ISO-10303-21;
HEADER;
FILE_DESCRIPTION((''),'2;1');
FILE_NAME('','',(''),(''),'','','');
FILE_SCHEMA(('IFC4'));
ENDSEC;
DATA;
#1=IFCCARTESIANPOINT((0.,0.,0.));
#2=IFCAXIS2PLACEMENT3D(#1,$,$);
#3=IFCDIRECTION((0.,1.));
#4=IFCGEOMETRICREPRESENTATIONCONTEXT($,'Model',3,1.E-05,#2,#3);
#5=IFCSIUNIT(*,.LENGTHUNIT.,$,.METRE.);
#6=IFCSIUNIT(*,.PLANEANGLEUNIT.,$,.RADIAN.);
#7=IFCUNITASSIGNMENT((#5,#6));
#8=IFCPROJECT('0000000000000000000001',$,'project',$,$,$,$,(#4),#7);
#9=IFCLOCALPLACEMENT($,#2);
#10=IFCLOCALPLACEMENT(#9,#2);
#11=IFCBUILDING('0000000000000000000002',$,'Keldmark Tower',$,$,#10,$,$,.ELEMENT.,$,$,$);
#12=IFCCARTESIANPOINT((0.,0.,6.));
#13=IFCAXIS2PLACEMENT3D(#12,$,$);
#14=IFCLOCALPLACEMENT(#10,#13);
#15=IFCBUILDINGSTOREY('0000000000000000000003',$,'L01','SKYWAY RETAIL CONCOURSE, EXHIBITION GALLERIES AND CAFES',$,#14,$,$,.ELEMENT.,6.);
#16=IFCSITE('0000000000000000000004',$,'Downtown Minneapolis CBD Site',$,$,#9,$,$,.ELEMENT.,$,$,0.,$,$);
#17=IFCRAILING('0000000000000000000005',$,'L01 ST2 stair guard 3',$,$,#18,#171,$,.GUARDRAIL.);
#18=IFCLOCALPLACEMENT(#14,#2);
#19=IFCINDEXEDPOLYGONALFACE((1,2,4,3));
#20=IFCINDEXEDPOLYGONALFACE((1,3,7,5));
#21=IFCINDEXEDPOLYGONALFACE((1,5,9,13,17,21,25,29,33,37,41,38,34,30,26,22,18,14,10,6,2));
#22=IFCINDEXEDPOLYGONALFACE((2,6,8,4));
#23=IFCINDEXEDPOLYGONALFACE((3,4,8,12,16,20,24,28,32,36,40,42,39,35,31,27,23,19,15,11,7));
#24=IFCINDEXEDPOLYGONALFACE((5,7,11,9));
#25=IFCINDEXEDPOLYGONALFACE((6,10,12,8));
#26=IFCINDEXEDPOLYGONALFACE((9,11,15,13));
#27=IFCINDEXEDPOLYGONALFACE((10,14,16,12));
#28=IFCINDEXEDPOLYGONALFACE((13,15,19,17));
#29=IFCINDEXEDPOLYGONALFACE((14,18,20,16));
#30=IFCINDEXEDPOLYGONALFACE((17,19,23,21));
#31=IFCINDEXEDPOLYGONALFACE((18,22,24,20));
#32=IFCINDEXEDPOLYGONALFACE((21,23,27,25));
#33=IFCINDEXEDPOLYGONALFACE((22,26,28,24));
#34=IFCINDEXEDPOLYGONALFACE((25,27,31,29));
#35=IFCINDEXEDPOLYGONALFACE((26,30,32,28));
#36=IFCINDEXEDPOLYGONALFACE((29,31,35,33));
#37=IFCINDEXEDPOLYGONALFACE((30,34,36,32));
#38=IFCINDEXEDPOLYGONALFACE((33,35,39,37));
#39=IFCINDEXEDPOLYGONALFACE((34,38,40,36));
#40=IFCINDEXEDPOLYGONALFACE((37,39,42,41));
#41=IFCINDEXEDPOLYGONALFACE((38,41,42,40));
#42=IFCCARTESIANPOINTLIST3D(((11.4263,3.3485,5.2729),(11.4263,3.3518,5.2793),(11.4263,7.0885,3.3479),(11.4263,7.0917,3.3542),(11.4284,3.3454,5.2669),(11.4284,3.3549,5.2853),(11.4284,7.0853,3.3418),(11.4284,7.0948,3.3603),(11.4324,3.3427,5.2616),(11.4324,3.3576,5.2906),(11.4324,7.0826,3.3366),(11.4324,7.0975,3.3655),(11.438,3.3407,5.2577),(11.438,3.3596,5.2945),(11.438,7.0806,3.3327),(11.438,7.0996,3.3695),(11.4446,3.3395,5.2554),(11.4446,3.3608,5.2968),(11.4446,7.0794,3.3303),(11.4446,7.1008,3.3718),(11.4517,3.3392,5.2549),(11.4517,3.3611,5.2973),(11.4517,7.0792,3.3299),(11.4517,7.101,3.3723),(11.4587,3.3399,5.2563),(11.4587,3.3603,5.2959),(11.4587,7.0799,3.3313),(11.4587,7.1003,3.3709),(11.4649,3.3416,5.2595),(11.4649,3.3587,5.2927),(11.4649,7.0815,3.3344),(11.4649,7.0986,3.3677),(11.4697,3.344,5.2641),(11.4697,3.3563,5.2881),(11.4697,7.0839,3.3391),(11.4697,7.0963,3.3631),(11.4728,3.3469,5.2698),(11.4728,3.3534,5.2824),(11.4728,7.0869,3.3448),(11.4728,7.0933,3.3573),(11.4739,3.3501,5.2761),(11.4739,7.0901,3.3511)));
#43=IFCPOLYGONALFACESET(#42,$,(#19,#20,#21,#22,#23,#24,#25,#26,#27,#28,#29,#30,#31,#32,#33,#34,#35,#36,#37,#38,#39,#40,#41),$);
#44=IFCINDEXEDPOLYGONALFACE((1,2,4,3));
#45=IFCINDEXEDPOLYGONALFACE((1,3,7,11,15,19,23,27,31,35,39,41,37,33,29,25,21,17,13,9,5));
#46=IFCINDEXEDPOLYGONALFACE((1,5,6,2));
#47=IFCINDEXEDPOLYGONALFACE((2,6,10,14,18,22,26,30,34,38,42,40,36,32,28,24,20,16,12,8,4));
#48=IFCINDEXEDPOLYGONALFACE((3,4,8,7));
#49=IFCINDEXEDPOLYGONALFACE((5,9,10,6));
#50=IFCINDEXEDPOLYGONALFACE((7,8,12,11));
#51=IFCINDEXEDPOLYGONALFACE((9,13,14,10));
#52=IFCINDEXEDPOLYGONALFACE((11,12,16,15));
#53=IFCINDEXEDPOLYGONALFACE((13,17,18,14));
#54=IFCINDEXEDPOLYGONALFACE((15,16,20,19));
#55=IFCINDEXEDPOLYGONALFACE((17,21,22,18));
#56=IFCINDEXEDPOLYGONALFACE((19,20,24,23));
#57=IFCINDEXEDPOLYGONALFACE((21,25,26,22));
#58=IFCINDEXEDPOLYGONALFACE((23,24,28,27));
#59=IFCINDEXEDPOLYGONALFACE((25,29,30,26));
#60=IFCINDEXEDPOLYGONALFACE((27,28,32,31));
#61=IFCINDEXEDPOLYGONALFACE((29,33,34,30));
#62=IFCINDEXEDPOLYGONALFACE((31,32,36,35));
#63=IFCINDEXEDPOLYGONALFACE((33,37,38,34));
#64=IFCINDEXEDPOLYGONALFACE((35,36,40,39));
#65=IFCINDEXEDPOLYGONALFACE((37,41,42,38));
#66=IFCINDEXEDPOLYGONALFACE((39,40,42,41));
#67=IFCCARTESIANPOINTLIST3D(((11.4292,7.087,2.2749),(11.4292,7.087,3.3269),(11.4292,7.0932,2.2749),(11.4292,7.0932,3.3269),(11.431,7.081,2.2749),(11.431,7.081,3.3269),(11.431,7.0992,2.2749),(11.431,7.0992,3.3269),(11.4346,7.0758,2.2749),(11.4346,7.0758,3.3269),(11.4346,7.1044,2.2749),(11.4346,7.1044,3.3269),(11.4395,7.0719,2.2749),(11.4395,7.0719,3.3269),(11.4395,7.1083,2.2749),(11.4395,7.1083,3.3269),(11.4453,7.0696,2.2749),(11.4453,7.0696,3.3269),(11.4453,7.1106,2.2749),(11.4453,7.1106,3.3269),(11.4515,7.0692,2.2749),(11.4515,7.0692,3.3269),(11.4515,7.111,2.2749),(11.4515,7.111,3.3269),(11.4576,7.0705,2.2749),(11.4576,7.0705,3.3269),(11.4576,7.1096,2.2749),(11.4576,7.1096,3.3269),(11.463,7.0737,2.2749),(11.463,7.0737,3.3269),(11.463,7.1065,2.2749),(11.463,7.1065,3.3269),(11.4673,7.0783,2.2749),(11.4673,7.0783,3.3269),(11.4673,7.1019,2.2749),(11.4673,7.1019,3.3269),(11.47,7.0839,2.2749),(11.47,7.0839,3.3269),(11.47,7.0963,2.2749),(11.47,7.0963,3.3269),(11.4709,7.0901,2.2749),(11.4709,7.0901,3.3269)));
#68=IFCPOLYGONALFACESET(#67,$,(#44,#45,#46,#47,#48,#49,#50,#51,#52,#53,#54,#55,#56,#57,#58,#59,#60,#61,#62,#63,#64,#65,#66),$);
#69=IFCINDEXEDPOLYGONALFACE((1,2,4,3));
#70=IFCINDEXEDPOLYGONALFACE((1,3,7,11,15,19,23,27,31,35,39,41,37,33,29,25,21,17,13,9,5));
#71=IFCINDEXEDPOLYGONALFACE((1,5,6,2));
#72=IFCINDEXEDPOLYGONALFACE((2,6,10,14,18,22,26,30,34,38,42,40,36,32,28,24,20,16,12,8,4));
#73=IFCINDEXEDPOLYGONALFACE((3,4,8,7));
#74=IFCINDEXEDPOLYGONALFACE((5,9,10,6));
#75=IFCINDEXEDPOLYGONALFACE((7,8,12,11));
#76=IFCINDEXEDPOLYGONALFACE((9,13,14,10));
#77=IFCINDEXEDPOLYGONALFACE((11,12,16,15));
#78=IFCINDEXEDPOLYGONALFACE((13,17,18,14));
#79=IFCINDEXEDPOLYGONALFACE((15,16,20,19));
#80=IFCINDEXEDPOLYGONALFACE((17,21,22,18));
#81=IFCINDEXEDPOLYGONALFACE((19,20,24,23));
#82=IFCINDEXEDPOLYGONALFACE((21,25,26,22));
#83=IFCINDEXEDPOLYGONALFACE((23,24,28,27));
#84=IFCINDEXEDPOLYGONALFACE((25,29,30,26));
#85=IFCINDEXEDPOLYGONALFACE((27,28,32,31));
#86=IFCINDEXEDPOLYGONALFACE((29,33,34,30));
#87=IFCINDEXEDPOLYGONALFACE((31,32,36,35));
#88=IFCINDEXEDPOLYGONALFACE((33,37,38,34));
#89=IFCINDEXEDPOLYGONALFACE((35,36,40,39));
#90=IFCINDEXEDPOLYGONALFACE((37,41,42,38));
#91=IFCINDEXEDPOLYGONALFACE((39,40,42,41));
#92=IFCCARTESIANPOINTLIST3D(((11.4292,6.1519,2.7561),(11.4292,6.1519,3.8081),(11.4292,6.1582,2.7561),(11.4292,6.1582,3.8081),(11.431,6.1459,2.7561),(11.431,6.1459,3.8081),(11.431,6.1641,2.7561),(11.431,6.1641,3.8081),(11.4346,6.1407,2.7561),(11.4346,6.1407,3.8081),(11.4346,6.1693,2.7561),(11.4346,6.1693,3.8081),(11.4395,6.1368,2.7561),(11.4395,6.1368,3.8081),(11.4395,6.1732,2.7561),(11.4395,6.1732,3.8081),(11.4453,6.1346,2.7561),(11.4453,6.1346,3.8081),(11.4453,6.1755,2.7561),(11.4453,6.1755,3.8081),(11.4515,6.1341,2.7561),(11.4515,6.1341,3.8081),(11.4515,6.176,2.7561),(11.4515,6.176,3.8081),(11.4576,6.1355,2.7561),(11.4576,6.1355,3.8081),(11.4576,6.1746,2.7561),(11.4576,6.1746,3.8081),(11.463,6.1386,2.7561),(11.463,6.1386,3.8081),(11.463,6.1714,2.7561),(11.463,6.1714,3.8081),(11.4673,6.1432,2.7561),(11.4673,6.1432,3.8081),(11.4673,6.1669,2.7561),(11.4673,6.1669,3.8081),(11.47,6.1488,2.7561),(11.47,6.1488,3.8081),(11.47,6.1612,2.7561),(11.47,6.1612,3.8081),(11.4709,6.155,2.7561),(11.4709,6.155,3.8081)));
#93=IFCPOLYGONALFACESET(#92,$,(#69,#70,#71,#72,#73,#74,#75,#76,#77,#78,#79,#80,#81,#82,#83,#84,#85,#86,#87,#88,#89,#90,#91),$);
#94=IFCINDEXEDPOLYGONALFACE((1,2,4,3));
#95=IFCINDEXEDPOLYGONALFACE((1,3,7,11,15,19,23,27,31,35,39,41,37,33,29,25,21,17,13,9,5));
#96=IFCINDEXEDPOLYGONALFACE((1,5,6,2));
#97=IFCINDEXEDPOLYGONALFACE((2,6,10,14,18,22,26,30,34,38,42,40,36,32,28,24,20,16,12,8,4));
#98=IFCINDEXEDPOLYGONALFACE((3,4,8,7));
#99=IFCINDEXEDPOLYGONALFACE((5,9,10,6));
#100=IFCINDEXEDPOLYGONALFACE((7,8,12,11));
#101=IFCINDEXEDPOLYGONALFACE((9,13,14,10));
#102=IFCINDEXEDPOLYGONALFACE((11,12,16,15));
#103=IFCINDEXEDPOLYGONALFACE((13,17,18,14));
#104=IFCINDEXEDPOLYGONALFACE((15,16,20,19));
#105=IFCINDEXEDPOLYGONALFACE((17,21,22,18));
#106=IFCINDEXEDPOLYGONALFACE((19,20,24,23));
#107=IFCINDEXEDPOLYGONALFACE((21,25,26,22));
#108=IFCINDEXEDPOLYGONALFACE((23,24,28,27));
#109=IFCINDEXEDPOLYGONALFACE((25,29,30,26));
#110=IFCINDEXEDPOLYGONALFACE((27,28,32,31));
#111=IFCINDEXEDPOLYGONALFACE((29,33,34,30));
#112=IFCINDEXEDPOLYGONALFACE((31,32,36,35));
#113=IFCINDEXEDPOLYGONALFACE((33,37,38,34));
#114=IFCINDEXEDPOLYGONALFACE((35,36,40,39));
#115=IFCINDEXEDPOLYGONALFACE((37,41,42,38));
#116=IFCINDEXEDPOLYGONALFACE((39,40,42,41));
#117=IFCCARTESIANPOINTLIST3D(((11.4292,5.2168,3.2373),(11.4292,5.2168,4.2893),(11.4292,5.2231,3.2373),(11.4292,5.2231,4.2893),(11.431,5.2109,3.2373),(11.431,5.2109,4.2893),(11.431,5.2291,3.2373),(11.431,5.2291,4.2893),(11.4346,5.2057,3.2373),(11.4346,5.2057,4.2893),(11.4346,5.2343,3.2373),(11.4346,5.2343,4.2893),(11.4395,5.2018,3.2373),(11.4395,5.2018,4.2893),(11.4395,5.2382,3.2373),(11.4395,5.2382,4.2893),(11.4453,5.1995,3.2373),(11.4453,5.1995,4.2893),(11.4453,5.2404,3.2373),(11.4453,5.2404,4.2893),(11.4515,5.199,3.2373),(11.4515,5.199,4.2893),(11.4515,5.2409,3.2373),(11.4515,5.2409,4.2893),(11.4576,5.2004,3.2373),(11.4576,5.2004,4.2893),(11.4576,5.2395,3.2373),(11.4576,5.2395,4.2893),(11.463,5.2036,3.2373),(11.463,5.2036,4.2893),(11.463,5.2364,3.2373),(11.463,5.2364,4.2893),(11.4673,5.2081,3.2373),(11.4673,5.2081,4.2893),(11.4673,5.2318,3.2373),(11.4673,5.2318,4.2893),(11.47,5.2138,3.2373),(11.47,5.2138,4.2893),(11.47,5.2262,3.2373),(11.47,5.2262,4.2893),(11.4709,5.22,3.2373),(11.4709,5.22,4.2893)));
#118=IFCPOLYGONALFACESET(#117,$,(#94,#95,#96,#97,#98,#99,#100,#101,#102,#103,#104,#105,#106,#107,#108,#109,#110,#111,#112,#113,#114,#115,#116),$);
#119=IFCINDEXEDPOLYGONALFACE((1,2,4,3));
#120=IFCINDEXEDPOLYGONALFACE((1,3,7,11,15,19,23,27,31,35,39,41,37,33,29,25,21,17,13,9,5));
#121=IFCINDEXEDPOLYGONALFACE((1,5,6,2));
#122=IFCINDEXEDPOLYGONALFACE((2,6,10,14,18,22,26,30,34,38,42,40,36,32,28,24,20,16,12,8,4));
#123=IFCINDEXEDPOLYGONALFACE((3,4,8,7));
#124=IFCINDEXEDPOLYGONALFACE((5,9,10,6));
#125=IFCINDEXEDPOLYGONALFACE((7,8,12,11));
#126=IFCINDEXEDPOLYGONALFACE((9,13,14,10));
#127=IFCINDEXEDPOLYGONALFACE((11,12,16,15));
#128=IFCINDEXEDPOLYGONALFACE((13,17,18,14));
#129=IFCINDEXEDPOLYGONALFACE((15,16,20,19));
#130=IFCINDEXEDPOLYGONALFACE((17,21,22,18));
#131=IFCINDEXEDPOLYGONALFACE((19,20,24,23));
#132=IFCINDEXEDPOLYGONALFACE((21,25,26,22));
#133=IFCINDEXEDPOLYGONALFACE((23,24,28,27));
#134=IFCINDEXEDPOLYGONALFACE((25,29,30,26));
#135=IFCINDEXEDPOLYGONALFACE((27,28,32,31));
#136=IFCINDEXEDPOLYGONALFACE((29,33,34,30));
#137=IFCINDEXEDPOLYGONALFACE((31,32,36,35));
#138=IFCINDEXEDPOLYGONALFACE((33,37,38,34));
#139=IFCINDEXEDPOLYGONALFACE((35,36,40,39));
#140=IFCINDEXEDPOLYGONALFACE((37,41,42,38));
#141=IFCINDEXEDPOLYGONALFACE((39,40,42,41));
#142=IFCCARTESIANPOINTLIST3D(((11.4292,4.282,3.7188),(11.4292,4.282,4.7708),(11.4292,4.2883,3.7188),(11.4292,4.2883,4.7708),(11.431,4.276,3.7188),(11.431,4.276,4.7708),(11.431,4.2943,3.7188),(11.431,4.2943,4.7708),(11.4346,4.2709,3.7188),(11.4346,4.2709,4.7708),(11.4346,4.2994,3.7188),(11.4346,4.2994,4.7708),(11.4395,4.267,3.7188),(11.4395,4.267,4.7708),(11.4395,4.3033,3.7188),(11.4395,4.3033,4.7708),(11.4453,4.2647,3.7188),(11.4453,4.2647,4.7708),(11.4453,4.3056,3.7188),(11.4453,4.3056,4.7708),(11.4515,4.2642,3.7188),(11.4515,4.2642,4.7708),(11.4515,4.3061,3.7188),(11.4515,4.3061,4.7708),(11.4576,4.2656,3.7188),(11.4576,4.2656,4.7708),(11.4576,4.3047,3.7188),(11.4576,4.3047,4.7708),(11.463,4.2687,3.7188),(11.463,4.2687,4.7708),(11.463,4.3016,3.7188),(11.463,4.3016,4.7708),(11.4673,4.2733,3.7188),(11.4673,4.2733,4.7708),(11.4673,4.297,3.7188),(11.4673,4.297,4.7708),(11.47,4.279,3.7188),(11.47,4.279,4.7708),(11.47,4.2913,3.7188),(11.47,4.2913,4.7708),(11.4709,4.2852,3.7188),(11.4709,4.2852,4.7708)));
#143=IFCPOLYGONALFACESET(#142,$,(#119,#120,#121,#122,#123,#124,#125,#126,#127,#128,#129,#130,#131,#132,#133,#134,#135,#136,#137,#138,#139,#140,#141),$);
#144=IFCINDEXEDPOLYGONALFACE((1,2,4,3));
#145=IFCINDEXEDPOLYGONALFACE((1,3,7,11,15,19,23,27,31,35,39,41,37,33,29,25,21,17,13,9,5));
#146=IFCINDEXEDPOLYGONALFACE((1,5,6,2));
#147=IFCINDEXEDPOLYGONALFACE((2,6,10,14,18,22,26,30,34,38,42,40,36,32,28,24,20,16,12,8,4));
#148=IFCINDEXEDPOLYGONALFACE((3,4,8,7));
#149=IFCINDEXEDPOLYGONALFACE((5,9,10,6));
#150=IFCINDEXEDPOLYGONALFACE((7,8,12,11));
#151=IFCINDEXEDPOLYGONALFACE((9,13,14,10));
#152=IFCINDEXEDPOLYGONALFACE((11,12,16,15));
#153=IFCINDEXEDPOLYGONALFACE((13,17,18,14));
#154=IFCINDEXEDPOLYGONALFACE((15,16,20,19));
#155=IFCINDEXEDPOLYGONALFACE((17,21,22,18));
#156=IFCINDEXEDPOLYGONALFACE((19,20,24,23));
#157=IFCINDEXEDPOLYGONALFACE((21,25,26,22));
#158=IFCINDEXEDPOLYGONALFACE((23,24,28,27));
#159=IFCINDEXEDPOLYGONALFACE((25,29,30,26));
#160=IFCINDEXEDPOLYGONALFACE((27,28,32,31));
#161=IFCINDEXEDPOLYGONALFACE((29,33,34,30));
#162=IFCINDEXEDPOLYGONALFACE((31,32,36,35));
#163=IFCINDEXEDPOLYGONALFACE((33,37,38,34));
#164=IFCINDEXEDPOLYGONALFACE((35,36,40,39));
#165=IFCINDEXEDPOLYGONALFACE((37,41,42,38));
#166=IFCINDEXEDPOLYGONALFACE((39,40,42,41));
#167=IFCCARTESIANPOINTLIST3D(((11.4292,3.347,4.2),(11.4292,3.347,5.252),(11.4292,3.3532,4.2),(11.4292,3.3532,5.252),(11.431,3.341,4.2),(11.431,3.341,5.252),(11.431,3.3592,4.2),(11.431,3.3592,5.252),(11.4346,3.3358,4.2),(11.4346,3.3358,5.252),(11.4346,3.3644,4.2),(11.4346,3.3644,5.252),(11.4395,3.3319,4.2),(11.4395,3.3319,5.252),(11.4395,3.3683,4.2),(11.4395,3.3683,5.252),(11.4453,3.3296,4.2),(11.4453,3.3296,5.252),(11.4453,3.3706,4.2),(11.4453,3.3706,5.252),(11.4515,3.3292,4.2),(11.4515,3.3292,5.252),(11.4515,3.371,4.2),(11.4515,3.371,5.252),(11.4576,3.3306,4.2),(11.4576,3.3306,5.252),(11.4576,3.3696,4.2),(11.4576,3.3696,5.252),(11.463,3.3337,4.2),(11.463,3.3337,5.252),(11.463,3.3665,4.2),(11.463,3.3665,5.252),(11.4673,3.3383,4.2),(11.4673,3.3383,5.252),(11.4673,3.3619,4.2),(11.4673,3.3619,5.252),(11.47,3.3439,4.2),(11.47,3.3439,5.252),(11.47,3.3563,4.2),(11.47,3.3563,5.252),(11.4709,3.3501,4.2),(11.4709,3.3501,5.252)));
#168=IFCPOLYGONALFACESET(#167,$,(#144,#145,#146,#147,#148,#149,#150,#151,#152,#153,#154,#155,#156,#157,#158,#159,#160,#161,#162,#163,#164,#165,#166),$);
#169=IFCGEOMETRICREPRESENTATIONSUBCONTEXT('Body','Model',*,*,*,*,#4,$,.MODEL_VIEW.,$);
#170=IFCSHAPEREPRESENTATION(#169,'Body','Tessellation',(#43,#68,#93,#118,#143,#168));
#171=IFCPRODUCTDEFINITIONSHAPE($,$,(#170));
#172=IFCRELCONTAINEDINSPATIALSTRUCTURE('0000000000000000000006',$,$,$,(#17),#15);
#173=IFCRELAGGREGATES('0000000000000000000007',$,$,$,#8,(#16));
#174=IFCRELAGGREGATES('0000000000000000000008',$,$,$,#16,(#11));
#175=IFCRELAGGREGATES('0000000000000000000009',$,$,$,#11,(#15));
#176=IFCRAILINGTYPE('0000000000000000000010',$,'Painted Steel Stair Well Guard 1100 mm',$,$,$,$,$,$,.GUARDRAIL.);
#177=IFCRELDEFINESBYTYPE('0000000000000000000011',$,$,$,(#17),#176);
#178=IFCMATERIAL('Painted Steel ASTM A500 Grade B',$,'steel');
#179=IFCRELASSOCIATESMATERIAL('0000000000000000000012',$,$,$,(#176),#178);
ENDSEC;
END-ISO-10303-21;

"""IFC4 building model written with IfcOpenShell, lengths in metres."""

from ifc_helpers import new_model, si_unit, direction, frame, origin, origin_2d, place, context, subcontext, project, spatial, circle, extrude, material, type_object, element, save


model = new_model("IFC4")

# Units and contexts
model_context = context("Model", 3, precision=1e-05, world=origin(), true_north=direction((0.0, 1.0)))
body_context = subcontext(model_context, "Body", "Model", "MODEL_VIEW")
ifc_project = project(units=[si_unit("LENGTHUNIT", "METRE"), si_unit("PLANEANGLEUNIT", "RADIAN")], contexts=[model_context])

# Site, building, storey
site_placement = place(None, origin())
site = spatial("IfcSite", under=ifc_project, at=site_placement, Name="Downtown Minneapolis CBD Site", CompositionType="ELEMENT", RefElevation=0.0)
building_placement = place(site_placement, origin())
building = spatial("IfcBuilding", under=site, at=building_placement, Name="Keldmark Tower", CompositionType="ELEMENT")
storey_placement = place(building_placement, frame((0.0, 0.0, 6.0)))
storey = spatial("IfcBuildingStorey", under=building, at=storey_placement, Name="L01", Description="SKYWAY RETAIL CONCOURSE, EXHIBITION GALLERIES AND CAFES", CompositionType="ELEMENT", Elevation=6.0)

# Railing
ifc_material_1 = material(Name="Painted Steel ASTM A500 Grade B", Category="steel")
railing_type_1 = type_object("IfcRailingType", Name="Painted Steel Stair Well Guard 1100 mm", PredefinedType="GUARDRAIL", material=ifc_material_1)
railing_1_placement = place(storey_placement, frame((11.45, 7.0901, 2.2749)))
element("IfcRailing", 1, at=railing_1_placement, inside=storey, type_object=railing_type_1, Name="L01 ST2 stair guard 3", PredefinedType="GUARDRAIL", context=body_context, shape_type="SweptSolid", body=[
    extrude(circle(Radius=0.0239, at=origin_2d()), frame((0.0, 0.0, 1.0762), z_axis=(0.0, -0.889131, 0.457654), x_axis=(1.0, 0.0, 0.0)), (0.0, 0.0, 1.0), 4.2063),
    extrude(circle(Radius=0.021, at=origin_2d()), origin(), (0.0, 0.0, 1.0), 1.052),
    extrude(circle(Radius=0.021, at=origin_2d()), frame((0.0, -0.9351, 0.4812)), (0.0, 0.0, 1.0), 1.052),
    extrude(circle(Radius=0.021, at=origin_2d()), frame((0.0, -1.8701, 0.9624)), (0.0, 0.0, 1.0), 1.052),
    extrude(circle(Radius=0.021, at=origin_2d()), frame((0.0, -2.8049, 1.4438)), (0.0, 0.0, 1.0), 1.052),
    extrude(circle(Radius=0.021, at=origin_2d()), frame((0.0, -3.74, 1.925)), (0.0, 0.0, 1.0), 1.052),
])

save(model, "model.ifc")
